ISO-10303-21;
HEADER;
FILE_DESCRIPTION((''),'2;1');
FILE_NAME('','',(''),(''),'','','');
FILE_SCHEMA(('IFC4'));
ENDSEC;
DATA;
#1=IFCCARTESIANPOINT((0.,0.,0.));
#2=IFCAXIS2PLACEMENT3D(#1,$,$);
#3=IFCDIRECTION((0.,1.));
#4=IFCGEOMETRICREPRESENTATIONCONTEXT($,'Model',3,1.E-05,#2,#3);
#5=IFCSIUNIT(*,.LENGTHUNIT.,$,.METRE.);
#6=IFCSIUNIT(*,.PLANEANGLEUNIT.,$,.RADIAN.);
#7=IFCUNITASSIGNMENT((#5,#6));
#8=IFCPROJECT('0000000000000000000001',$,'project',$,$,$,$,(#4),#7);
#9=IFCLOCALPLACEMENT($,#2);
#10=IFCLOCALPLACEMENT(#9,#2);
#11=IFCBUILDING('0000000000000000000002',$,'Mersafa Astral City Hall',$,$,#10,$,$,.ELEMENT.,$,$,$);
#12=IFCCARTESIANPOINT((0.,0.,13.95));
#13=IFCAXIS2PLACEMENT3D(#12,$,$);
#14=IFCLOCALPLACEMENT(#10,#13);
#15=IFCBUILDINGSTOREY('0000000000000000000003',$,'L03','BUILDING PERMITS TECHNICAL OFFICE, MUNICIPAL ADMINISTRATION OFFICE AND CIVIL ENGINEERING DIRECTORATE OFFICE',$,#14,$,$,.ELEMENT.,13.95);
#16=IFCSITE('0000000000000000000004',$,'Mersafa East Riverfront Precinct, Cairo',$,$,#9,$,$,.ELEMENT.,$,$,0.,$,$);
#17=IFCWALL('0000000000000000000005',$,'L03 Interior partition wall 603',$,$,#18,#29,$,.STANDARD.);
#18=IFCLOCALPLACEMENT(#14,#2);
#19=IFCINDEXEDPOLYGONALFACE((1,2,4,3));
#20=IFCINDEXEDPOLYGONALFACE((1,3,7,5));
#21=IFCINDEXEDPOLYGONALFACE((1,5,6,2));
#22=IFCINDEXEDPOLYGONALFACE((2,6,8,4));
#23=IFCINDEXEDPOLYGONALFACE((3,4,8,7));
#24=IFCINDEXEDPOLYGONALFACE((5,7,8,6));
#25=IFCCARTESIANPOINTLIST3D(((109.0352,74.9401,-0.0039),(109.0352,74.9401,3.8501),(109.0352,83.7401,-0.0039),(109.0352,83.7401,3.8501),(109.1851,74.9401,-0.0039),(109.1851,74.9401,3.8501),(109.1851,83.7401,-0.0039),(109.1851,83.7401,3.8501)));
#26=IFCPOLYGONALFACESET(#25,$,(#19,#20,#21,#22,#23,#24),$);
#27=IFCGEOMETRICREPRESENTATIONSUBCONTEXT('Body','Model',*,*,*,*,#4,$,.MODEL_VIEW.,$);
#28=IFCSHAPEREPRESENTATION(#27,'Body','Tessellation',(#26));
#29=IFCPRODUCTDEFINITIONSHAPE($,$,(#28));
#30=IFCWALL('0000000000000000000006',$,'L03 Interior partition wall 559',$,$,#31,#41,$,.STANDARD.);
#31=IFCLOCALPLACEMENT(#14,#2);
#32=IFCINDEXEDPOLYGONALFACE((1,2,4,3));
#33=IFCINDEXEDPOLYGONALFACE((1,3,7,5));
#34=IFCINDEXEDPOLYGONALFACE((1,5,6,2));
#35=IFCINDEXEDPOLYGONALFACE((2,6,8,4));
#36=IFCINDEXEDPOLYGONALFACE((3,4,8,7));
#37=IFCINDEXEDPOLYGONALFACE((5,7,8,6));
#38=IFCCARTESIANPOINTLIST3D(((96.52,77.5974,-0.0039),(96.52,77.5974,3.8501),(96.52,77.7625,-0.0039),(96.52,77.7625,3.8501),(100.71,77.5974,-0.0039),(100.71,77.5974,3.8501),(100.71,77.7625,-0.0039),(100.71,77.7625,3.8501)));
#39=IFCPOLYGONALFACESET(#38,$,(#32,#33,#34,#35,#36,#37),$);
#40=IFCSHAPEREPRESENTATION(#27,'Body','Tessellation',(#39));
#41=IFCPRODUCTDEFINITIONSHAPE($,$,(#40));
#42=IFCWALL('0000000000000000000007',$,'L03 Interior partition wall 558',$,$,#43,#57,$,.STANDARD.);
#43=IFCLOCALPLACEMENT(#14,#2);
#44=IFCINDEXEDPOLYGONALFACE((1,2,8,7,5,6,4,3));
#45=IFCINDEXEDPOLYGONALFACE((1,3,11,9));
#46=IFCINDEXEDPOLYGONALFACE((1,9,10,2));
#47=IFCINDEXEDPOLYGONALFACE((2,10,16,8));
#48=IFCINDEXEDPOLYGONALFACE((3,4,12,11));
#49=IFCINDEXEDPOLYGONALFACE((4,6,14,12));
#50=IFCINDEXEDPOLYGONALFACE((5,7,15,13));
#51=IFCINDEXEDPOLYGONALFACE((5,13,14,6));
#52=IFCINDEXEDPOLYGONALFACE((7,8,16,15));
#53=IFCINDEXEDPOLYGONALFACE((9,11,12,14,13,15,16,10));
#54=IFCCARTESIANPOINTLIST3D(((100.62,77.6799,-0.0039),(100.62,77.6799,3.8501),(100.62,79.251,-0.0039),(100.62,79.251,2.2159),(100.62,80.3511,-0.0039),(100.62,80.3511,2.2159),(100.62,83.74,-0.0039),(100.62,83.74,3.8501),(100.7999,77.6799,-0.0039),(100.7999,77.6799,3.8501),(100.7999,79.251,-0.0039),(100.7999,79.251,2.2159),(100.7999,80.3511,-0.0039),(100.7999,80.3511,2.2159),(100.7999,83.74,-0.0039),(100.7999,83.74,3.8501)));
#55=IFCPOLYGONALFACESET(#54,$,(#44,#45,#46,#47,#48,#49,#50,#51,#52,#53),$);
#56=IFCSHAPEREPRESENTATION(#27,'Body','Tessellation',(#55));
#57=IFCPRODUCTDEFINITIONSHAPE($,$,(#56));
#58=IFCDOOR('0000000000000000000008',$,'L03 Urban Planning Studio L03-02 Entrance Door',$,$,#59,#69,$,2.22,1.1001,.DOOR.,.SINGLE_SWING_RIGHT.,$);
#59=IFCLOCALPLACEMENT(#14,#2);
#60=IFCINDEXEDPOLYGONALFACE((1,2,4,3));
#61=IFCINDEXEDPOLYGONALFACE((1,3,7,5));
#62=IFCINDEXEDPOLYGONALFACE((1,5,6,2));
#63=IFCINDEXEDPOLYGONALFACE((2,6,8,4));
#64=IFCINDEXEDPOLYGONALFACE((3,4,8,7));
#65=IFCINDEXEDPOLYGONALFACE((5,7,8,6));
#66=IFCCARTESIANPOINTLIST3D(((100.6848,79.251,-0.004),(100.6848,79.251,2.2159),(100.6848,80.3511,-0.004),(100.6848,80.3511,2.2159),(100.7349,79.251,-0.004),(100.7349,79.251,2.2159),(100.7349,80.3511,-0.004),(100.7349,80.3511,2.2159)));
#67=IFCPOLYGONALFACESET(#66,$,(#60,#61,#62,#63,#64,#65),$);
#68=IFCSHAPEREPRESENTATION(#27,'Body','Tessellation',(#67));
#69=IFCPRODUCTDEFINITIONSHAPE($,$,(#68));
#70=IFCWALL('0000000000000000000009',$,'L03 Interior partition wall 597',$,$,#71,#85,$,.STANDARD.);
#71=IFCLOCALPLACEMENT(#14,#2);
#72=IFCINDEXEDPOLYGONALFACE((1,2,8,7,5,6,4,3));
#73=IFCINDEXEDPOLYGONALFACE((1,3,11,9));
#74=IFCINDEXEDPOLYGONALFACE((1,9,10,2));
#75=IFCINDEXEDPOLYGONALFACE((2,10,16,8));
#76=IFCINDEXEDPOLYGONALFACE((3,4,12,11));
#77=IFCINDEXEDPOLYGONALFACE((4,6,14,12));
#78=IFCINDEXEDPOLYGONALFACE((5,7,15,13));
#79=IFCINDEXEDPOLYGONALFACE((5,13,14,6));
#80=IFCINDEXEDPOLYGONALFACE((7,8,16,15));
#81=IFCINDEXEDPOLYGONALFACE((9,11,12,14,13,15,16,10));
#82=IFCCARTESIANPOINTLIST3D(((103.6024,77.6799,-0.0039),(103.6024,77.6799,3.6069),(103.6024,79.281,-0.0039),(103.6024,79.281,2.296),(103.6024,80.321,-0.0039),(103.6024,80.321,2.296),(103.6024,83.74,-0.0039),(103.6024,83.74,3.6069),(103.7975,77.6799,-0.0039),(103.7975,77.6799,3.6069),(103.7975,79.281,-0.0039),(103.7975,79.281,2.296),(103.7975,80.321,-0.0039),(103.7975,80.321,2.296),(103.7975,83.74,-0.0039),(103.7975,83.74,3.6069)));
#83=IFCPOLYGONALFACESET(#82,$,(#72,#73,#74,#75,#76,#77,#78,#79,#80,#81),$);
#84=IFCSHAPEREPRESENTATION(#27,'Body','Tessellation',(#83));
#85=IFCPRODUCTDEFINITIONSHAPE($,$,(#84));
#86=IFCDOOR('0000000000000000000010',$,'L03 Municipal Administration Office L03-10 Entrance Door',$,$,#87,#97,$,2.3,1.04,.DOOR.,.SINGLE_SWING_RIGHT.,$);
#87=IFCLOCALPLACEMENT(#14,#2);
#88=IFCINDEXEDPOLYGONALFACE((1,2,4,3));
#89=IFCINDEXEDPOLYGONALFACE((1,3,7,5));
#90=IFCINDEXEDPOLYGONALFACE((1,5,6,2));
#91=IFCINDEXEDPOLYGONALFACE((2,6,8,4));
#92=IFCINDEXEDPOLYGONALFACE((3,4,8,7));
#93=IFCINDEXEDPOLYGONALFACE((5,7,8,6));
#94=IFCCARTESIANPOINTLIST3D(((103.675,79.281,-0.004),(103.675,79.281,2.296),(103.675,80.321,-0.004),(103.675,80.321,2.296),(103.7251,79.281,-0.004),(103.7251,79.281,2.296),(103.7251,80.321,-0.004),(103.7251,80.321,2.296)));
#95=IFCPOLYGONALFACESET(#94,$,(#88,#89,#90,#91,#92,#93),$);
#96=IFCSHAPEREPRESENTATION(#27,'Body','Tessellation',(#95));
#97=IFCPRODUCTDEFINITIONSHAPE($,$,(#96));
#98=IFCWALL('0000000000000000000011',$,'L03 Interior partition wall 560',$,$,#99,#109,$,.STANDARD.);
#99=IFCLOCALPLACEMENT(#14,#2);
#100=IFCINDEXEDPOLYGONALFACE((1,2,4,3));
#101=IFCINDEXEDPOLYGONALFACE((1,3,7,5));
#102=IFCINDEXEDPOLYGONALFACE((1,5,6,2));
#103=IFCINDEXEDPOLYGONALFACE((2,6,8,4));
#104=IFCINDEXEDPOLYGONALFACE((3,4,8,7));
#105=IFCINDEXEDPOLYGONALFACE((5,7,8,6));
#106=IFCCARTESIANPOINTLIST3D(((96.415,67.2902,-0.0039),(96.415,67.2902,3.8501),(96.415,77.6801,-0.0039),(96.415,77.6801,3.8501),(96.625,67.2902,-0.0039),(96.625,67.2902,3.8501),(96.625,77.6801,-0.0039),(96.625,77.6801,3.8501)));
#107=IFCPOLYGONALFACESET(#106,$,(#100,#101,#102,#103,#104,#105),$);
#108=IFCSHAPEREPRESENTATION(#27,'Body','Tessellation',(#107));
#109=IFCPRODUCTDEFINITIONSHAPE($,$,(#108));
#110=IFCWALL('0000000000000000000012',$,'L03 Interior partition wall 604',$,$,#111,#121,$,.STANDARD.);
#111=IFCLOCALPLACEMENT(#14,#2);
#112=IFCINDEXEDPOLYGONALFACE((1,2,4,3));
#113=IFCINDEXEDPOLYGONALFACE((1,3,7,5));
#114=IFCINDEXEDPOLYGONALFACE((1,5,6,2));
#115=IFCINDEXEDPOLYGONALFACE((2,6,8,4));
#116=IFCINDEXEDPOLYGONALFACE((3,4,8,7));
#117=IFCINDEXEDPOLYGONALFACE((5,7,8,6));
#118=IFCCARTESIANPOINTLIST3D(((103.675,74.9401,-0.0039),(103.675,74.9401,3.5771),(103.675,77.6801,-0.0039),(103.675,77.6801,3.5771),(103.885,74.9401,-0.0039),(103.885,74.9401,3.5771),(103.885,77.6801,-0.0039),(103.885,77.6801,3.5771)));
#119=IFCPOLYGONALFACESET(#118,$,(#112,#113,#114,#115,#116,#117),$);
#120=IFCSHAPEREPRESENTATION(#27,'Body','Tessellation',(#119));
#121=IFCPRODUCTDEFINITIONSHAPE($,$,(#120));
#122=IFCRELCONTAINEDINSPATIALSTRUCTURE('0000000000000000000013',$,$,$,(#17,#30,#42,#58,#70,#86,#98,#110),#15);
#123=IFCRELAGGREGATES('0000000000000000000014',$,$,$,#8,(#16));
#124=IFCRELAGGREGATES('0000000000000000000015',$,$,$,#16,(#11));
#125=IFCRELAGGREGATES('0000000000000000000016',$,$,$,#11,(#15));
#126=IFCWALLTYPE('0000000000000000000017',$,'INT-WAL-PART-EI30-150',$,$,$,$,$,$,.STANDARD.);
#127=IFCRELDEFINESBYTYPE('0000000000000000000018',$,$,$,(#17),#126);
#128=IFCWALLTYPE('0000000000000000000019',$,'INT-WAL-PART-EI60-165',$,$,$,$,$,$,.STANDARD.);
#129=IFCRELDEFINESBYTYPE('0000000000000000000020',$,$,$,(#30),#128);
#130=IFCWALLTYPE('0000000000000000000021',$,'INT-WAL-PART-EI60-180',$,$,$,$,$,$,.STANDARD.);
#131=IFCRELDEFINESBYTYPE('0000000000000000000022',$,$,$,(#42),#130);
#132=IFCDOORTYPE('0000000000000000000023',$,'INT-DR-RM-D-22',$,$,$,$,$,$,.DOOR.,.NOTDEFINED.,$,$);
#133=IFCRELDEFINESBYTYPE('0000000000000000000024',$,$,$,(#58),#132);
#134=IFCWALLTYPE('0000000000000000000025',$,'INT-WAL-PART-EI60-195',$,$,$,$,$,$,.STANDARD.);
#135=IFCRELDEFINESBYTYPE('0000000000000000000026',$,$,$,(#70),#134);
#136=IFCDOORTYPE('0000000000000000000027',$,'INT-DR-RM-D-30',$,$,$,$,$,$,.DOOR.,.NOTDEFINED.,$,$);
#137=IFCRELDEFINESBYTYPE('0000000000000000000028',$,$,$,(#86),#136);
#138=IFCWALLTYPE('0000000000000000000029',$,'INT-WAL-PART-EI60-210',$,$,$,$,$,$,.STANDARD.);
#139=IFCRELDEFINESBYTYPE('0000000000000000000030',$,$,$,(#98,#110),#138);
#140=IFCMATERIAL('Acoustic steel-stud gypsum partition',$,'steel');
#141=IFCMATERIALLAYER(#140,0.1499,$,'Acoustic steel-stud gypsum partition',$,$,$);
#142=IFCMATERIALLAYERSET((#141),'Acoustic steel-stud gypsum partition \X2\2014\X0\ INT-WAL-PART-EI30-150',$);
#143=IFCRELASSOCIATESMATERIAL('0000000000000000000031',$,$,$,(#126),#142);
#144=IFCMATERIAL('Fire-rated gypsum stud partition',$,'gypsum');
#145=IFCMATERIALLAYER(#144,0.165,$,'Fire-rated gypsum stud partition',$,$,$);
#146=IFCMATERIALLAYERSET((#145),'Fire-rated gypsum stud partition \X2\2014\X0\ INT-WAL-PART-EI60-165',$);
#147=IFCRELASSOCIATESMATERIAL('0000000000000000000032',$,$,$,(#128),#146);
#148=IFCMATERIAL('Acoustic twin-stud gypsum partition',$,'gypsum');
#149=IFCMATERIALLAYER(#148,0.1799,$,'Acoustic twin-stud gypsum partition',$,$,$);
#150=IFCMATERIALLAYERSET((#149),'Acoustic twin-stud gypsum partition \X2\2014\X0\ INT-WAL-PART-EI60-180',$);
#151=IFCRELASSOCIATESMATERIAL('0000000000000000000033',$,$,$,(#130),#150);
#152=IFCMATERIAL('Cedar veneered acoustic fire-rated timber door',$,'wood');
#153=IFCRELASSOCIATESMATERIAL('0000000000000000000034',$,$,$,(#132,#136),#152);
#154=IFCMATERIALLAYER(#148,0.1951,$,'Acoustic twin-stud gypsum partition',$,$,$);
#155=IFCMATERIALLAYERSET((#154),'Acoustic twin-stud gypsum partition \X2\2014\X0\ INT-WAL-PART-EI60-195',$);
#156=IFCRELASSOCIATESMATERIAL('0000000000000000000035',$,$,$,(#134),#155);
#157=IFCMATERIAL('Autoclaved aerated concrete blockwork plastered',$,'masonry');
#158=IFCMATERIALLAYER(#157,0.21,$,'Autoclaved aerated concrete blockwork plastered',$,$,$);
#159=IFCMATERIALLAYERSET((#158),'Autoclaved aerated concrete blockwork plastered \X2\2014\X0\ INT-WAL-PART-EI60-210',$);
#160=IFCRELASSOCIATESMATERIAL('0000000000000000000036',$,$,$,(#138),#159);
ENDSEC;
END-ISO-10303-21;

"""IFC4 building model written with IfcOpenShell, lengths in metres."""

from ifc_helpers import new_model, si_unit, direction, frame, frame_2d, origin, place, context, subcontext, project, spatial, rectangle, extrude, material, layer, layer_set, type_object, element, fill, save


model = new_model("IFC4")

# Units and contexts
model_context = context("Model", 3, precision=1e-05, world=origin(), true_north=direction((0.0, 1.0)))
body_context = subcontext(model_context, "Body", "Model", "MODEL_VIEW")
ifc_project = project(units=[si_unit("LENGTHUNIT", "METRE"), si_unit("PLANEANGLEUNIT", "RADIAN")], contexts=[model_context])

# Site, building, storey
site_placement = place(None, origin())
site = spatial("IfcSite", under=ifc_project, at=site_placement, Name="Mersafa East Riverfront Precinct, Cairo", CompositionType="ELEMENT", RefElevation=0.0)
building_placement = place(site_placement, origin())
building = spatial("IfcBuilding", under=site, at=building_placement, Name="Mersafa Astral City Hall", CompositionType="ELEMENT")
storey_placement = place(building_placement, frame((0.0, 0.0, 13.95)))
storey = spatial("IfcBuildingStorey", under=building, at=storey_placement, Name="L03", Description="BUILDING PERMITS TECHNICAL OFFICE, MUNICIPAL ADMINISTRATION OFFICE AND CIVIL ENGINEERING DIRECTORATE OFFICE", CompositionType="ELEMENT", Elevation=13.95)

# Walls
ifc_material_1 = material(Name="Acoustic steel-stud gypsum partition", Category="steel")
ifc_layer_1 = layer(ifc_material_1, 0.1499, Name="Acoustic steel-stud gypsum partition")
ifc_layer_set_1 = layer_set([ifc_layer_1], Name="Acoustic steel-stud gypsum partition — INT-WAL-PART-EI30-150")
wall_type_1 = type_object("IfcWallType", Name="INT-WAL-PART-EI30-150", PredefinedType="STANDARD", material=ifc_layer_set_1)
wall_1_placement = place(storey_placement, frame((109.1101, 83.74, -0.0039), z_axis=(0.0, 0.0, 1.0), x_axis=(0.0, -1.0, 0.0)))
element("IfcWall", 1, at=wall_1_placement, inside=storey, type_object=wall_type_1, Name="L03 Interior partition wall 603", PredefinedType="STANDARD", context=body_context, shape_type="SweptSolid", body=[
    extrude(rectangle(XDim=8.8, YDim=0.1499, at=frame_2d((4.3999, 0.0))), origin(), (0.0, 0.0, 1.0), 3.854),
])
ifc_material_2 = material(Name="Fire-rated gypsum stud partition", Category="gypsum")
ifc_layer_2 = layer(ifc_material_2, 0.165, Name="Fire-rated gypsum stud partition")
ifc_layer_set_2 = layer_set([ifc_layer_2], Name="Fire-rated gypsum stud partition — INT-WAL-PART-EI60-165")
wall_type_2 = type_object("IfcWallType", Name="INT-WAL-PART-EI60-165", PredefinedType="STANDARD", material=ifc_layer_set_2)
wall_2_placement = place(storey_placement, frame((100.71, 77.6799, -0.0039), z_axis=(0.0, 0.0, 1.0), x_axis=(-1.0, 0.0, 0.0)))
element("IfcWall", 2, at=wall_2_placement, inside=storey, type_object=wall_type_2, Name="L03 Interior partition wall 559", PredefinedType="STANDARD", context=body_context, shape_type="SweptSolid", body=[
    extrude(rectangle(XDim=4.1899, YDim=0.165, at=frame_2d((2.095, 0.0))), origin(), (0.0, 0.0, 1.0), 3.854),
])

# Walls, openings, doors
ifc_material_3 = material(Name="Acoustic twin-stud gypsum partition", Category="gypsum")
ifc_layer_3 = layer(ifc_material_3, 0.1799, Name="Acoustic twin-stud gypsum partition")
ifc_layer_set_3 = layer_set([ifc_layer_3], Name="Acoustic twin-stud gypsum partition — INT-WAL-PART-EI60-180")
wall_type_3 = type_object("IfcWallType", Name="INT-WAL-PART-EI60-180", PredefinedType="STANDARD", material=ifc_layer_set_3)
wall_3_placement = place(storey_placement, frame((100.71, 83.74, -0.0039), z_axis=(0.0, 0.0, 1.0), x_axis=(0.0, -1.0, 0.0)))
wall_3 = element("IfcWall", 3, at=wall_3_placement, inside=storey, type_object=wall_type_3, Name="L03 Interior partition wall 558", PredefinedType="STANDARD", context=body_context, shape_type="SweptSolid", body=[
    extrude(rectangle(XDim=6.0601, YDim=0.1799, at=frame_2d((3.03, 0.0))), origin(), (0.0, 0.0, 1.0), 3.854),
])
opening_1_placement = place(wall_3_placement, frame((3.3889, 0.0, 0.0)))
opening_1 = element("IfcOpeningElement", 4, at=opening_1_placement, cuts=wall_3, PredefinedType="OPENING", context=body_context, shape_type="SweptSolid", body=[
    extrude(rectangle(XDim=1.1001, YDim=2.22, at=frame_2d((0.55, 1.1099))), frame((0.0, 0.0999, 0.0), z_axis=(0.0, -1.0, 0.0), x_axis=(1.0, 0.0, 0.0)), (0.0, 0.0, 1.0), 0.2),
])
ifc_material_4 = material(Name="Cedar veneered acoustic fire-rated timber door", Category="wood")
door_type_1 = type_object("IfcDoorType", Name="INT-DR-RM-D-22", OperationType="NOTDEFINED", PredefinedType="DOOR", material=ifc_material_4)
door_1_placement = place(opening_1_placement, origin())
door_1 = element("IfcDoor", 5, at=door_1_placement, inside=storey, type_object=door_type_1, Name="L03 Urban Planning Studio L03-02 Entrance Door", OperationType="SINGLE_SWING_RIGHT", OverallHeight=2.22, OverallWidth=1.1001, PredefinedType="DOOR", context=body_context, shape_type="SweptSolid", body=[
    extrude(rectangle(XDim=1.1001, YDim=2.22, at=frame_2d((0.55, 1.1099))), frame((0.0, 0.0249, 0.0), z_axis=(0.0, -1.0, 0.0), x_axis=(1.0, 0.0, 0.0)), (0.0, 0.0, 1.0), 0.05),
])
fill(opening_1, door_1)
ifc_layer_4 = layer(ifc_material_3, 0.1951, Name="Acoustic twin-stud gypsum partition")
ifc_layer_set_4 = layer_set([ifc_layer_4], Name="Acoustic twin-stud gypsum partition — INT-WAL-PART-EI60-195")
wall_type_4 = type_object("IfcWallType", Name="INT-WAL-PART-EI60-195", PredefinedType="STANDARD", material=ifc_layer_set_4)
wall_4_placement = place(storey_placement, frame((103.7, 77.6799, -0.0039), z_axis=(0.0, 0.0, 1.0), x_axis=(0.0, 1.0, 0.0)))
wall_4 = element("IfcWall", 6, at=wall_4_placement, inside=storey, type_object=wall_type_4, Name="L03 Interior partition wall 597", PredefinedType="STANDARD", context=body_context, shape_type="SweptSolid", body=[
    extrude(rectangle(XDim=6.0601, YDim=0.1951, at=frame_2d((3.03, 0.0))), origin(), (0.0, 0.0, 1.0), 3.6108),
])
opening_2_placement = place(wall_4_placement, frame((1.6011, 0.0, 0.0)))
opening_2 = element("IfcOpeningElement", 7, at=opening_2_placement, cuts=wall_4, PredefinedType="OPENING", context=body_context, shape_type="SweptSolid", body=[
    extrude(rectangle(XDim=1.04, YDim=2.3, at=frame_2d((0.52, 1.1499))), frame((0.0, 0.1074, 0.0), z_axis=(0.0, -1.0, 0.0), x_axis=(1.0, 0.0, 0.0)), (0.0, 0.0, 1.0), 0.2151),
])
door_type_2 = type_object("IfcDoorType", Name="INT-DR-RM-D-30", OperationType="NOTDEFINED", PredefinedType="DOOR", material=ifc_material_4)
door_2_placement = place(opening_2_placement, origin())
door_2 = element("IfcDoor", 8, at=door_2_placement, inside=storey, type_object=door_type_2, Name="L03 Municipal Administration Office L03-10 Entrance Door", OperationType="SINGLE_SWING_RIGHT", OverallHeight=2.3, OverallWidth=1.04, PredefinedType="DOOR", context=body_context, shape_type="SweptSolid", body=[
    extrude(rectangle(XDim=1.04, YDim=2.3, at=frame_2d((0.52, 1.1499))), frame((0.0, 0.0249, 0.0), z_axis=(0.0, -1.0, 0.0), x_axis=(1.0, 0.0, 0.0)), (0.0, 0.0, 1.0), 0.05),
])
fill(opening_2, door_2)

# Walls
ifc_material_5 = material(Name="Autoclaved aerated concrete blockwork plastered", Category="masonry")
ifc_layer_5 = layer(ifc_material_5, 0.21, Name="Autoclaved aerated concrete blockwork plastered")
ifc_layer_set_5 = layer_set([ifc_layer_5], Name="Autoclaved aerated concrete blockwork plastered — INT-WAL-PART-EI60-210")
wall_type_5 = type_object("IfcWallType", Name="INT-WAL-PART-EI60-210", PredefinedType="STANDARD", material=ifc_layer_set_5)
wall_5_placement = place(storey_placement, frame((96.52, 77.6799, -0.0039), z_axis=(0.0, 0.0, 1.0), x_axis=(0.0, -1.0, 0.0)))
element("IfcWall", 9, at=wall_5_placement, inside=storey, type_object=wall_type_5, Name="L03 Interior partition wall 560", PredefinedType="STANDARD", context=body_context, shape_type="SweptSolid", body=[
    extrude(rectangle(XDim=10.3899, YDim=0.21, at=frame_2d((5.1948, 0.0))), origin(), (0.0, 0.0, 1.0), 3.854),
])
wall_6_placement = place(storey_placement, frame((103.78, 74.9399, -0.0039), z_axis=(0.0, 0.0, 1.0), x_axis=(0.0, 1.0, 0.0)))
element("IfcWall", 10, at=wall_6_placement, inside=storey, type_object=wall_type_5, Name="L03 Interior partition wall 604", PredefinedType="STANDARD", context=body_context, shape_type="SweptSolid", body=[
    extrude(rectangle(XDim=2.74, YDim=0.21, at=frame_2d((1.3701, 0.0))), origin(), (0.0, 0.0, 1.0), 3.5811),
])

save(model, "model.ifc")
